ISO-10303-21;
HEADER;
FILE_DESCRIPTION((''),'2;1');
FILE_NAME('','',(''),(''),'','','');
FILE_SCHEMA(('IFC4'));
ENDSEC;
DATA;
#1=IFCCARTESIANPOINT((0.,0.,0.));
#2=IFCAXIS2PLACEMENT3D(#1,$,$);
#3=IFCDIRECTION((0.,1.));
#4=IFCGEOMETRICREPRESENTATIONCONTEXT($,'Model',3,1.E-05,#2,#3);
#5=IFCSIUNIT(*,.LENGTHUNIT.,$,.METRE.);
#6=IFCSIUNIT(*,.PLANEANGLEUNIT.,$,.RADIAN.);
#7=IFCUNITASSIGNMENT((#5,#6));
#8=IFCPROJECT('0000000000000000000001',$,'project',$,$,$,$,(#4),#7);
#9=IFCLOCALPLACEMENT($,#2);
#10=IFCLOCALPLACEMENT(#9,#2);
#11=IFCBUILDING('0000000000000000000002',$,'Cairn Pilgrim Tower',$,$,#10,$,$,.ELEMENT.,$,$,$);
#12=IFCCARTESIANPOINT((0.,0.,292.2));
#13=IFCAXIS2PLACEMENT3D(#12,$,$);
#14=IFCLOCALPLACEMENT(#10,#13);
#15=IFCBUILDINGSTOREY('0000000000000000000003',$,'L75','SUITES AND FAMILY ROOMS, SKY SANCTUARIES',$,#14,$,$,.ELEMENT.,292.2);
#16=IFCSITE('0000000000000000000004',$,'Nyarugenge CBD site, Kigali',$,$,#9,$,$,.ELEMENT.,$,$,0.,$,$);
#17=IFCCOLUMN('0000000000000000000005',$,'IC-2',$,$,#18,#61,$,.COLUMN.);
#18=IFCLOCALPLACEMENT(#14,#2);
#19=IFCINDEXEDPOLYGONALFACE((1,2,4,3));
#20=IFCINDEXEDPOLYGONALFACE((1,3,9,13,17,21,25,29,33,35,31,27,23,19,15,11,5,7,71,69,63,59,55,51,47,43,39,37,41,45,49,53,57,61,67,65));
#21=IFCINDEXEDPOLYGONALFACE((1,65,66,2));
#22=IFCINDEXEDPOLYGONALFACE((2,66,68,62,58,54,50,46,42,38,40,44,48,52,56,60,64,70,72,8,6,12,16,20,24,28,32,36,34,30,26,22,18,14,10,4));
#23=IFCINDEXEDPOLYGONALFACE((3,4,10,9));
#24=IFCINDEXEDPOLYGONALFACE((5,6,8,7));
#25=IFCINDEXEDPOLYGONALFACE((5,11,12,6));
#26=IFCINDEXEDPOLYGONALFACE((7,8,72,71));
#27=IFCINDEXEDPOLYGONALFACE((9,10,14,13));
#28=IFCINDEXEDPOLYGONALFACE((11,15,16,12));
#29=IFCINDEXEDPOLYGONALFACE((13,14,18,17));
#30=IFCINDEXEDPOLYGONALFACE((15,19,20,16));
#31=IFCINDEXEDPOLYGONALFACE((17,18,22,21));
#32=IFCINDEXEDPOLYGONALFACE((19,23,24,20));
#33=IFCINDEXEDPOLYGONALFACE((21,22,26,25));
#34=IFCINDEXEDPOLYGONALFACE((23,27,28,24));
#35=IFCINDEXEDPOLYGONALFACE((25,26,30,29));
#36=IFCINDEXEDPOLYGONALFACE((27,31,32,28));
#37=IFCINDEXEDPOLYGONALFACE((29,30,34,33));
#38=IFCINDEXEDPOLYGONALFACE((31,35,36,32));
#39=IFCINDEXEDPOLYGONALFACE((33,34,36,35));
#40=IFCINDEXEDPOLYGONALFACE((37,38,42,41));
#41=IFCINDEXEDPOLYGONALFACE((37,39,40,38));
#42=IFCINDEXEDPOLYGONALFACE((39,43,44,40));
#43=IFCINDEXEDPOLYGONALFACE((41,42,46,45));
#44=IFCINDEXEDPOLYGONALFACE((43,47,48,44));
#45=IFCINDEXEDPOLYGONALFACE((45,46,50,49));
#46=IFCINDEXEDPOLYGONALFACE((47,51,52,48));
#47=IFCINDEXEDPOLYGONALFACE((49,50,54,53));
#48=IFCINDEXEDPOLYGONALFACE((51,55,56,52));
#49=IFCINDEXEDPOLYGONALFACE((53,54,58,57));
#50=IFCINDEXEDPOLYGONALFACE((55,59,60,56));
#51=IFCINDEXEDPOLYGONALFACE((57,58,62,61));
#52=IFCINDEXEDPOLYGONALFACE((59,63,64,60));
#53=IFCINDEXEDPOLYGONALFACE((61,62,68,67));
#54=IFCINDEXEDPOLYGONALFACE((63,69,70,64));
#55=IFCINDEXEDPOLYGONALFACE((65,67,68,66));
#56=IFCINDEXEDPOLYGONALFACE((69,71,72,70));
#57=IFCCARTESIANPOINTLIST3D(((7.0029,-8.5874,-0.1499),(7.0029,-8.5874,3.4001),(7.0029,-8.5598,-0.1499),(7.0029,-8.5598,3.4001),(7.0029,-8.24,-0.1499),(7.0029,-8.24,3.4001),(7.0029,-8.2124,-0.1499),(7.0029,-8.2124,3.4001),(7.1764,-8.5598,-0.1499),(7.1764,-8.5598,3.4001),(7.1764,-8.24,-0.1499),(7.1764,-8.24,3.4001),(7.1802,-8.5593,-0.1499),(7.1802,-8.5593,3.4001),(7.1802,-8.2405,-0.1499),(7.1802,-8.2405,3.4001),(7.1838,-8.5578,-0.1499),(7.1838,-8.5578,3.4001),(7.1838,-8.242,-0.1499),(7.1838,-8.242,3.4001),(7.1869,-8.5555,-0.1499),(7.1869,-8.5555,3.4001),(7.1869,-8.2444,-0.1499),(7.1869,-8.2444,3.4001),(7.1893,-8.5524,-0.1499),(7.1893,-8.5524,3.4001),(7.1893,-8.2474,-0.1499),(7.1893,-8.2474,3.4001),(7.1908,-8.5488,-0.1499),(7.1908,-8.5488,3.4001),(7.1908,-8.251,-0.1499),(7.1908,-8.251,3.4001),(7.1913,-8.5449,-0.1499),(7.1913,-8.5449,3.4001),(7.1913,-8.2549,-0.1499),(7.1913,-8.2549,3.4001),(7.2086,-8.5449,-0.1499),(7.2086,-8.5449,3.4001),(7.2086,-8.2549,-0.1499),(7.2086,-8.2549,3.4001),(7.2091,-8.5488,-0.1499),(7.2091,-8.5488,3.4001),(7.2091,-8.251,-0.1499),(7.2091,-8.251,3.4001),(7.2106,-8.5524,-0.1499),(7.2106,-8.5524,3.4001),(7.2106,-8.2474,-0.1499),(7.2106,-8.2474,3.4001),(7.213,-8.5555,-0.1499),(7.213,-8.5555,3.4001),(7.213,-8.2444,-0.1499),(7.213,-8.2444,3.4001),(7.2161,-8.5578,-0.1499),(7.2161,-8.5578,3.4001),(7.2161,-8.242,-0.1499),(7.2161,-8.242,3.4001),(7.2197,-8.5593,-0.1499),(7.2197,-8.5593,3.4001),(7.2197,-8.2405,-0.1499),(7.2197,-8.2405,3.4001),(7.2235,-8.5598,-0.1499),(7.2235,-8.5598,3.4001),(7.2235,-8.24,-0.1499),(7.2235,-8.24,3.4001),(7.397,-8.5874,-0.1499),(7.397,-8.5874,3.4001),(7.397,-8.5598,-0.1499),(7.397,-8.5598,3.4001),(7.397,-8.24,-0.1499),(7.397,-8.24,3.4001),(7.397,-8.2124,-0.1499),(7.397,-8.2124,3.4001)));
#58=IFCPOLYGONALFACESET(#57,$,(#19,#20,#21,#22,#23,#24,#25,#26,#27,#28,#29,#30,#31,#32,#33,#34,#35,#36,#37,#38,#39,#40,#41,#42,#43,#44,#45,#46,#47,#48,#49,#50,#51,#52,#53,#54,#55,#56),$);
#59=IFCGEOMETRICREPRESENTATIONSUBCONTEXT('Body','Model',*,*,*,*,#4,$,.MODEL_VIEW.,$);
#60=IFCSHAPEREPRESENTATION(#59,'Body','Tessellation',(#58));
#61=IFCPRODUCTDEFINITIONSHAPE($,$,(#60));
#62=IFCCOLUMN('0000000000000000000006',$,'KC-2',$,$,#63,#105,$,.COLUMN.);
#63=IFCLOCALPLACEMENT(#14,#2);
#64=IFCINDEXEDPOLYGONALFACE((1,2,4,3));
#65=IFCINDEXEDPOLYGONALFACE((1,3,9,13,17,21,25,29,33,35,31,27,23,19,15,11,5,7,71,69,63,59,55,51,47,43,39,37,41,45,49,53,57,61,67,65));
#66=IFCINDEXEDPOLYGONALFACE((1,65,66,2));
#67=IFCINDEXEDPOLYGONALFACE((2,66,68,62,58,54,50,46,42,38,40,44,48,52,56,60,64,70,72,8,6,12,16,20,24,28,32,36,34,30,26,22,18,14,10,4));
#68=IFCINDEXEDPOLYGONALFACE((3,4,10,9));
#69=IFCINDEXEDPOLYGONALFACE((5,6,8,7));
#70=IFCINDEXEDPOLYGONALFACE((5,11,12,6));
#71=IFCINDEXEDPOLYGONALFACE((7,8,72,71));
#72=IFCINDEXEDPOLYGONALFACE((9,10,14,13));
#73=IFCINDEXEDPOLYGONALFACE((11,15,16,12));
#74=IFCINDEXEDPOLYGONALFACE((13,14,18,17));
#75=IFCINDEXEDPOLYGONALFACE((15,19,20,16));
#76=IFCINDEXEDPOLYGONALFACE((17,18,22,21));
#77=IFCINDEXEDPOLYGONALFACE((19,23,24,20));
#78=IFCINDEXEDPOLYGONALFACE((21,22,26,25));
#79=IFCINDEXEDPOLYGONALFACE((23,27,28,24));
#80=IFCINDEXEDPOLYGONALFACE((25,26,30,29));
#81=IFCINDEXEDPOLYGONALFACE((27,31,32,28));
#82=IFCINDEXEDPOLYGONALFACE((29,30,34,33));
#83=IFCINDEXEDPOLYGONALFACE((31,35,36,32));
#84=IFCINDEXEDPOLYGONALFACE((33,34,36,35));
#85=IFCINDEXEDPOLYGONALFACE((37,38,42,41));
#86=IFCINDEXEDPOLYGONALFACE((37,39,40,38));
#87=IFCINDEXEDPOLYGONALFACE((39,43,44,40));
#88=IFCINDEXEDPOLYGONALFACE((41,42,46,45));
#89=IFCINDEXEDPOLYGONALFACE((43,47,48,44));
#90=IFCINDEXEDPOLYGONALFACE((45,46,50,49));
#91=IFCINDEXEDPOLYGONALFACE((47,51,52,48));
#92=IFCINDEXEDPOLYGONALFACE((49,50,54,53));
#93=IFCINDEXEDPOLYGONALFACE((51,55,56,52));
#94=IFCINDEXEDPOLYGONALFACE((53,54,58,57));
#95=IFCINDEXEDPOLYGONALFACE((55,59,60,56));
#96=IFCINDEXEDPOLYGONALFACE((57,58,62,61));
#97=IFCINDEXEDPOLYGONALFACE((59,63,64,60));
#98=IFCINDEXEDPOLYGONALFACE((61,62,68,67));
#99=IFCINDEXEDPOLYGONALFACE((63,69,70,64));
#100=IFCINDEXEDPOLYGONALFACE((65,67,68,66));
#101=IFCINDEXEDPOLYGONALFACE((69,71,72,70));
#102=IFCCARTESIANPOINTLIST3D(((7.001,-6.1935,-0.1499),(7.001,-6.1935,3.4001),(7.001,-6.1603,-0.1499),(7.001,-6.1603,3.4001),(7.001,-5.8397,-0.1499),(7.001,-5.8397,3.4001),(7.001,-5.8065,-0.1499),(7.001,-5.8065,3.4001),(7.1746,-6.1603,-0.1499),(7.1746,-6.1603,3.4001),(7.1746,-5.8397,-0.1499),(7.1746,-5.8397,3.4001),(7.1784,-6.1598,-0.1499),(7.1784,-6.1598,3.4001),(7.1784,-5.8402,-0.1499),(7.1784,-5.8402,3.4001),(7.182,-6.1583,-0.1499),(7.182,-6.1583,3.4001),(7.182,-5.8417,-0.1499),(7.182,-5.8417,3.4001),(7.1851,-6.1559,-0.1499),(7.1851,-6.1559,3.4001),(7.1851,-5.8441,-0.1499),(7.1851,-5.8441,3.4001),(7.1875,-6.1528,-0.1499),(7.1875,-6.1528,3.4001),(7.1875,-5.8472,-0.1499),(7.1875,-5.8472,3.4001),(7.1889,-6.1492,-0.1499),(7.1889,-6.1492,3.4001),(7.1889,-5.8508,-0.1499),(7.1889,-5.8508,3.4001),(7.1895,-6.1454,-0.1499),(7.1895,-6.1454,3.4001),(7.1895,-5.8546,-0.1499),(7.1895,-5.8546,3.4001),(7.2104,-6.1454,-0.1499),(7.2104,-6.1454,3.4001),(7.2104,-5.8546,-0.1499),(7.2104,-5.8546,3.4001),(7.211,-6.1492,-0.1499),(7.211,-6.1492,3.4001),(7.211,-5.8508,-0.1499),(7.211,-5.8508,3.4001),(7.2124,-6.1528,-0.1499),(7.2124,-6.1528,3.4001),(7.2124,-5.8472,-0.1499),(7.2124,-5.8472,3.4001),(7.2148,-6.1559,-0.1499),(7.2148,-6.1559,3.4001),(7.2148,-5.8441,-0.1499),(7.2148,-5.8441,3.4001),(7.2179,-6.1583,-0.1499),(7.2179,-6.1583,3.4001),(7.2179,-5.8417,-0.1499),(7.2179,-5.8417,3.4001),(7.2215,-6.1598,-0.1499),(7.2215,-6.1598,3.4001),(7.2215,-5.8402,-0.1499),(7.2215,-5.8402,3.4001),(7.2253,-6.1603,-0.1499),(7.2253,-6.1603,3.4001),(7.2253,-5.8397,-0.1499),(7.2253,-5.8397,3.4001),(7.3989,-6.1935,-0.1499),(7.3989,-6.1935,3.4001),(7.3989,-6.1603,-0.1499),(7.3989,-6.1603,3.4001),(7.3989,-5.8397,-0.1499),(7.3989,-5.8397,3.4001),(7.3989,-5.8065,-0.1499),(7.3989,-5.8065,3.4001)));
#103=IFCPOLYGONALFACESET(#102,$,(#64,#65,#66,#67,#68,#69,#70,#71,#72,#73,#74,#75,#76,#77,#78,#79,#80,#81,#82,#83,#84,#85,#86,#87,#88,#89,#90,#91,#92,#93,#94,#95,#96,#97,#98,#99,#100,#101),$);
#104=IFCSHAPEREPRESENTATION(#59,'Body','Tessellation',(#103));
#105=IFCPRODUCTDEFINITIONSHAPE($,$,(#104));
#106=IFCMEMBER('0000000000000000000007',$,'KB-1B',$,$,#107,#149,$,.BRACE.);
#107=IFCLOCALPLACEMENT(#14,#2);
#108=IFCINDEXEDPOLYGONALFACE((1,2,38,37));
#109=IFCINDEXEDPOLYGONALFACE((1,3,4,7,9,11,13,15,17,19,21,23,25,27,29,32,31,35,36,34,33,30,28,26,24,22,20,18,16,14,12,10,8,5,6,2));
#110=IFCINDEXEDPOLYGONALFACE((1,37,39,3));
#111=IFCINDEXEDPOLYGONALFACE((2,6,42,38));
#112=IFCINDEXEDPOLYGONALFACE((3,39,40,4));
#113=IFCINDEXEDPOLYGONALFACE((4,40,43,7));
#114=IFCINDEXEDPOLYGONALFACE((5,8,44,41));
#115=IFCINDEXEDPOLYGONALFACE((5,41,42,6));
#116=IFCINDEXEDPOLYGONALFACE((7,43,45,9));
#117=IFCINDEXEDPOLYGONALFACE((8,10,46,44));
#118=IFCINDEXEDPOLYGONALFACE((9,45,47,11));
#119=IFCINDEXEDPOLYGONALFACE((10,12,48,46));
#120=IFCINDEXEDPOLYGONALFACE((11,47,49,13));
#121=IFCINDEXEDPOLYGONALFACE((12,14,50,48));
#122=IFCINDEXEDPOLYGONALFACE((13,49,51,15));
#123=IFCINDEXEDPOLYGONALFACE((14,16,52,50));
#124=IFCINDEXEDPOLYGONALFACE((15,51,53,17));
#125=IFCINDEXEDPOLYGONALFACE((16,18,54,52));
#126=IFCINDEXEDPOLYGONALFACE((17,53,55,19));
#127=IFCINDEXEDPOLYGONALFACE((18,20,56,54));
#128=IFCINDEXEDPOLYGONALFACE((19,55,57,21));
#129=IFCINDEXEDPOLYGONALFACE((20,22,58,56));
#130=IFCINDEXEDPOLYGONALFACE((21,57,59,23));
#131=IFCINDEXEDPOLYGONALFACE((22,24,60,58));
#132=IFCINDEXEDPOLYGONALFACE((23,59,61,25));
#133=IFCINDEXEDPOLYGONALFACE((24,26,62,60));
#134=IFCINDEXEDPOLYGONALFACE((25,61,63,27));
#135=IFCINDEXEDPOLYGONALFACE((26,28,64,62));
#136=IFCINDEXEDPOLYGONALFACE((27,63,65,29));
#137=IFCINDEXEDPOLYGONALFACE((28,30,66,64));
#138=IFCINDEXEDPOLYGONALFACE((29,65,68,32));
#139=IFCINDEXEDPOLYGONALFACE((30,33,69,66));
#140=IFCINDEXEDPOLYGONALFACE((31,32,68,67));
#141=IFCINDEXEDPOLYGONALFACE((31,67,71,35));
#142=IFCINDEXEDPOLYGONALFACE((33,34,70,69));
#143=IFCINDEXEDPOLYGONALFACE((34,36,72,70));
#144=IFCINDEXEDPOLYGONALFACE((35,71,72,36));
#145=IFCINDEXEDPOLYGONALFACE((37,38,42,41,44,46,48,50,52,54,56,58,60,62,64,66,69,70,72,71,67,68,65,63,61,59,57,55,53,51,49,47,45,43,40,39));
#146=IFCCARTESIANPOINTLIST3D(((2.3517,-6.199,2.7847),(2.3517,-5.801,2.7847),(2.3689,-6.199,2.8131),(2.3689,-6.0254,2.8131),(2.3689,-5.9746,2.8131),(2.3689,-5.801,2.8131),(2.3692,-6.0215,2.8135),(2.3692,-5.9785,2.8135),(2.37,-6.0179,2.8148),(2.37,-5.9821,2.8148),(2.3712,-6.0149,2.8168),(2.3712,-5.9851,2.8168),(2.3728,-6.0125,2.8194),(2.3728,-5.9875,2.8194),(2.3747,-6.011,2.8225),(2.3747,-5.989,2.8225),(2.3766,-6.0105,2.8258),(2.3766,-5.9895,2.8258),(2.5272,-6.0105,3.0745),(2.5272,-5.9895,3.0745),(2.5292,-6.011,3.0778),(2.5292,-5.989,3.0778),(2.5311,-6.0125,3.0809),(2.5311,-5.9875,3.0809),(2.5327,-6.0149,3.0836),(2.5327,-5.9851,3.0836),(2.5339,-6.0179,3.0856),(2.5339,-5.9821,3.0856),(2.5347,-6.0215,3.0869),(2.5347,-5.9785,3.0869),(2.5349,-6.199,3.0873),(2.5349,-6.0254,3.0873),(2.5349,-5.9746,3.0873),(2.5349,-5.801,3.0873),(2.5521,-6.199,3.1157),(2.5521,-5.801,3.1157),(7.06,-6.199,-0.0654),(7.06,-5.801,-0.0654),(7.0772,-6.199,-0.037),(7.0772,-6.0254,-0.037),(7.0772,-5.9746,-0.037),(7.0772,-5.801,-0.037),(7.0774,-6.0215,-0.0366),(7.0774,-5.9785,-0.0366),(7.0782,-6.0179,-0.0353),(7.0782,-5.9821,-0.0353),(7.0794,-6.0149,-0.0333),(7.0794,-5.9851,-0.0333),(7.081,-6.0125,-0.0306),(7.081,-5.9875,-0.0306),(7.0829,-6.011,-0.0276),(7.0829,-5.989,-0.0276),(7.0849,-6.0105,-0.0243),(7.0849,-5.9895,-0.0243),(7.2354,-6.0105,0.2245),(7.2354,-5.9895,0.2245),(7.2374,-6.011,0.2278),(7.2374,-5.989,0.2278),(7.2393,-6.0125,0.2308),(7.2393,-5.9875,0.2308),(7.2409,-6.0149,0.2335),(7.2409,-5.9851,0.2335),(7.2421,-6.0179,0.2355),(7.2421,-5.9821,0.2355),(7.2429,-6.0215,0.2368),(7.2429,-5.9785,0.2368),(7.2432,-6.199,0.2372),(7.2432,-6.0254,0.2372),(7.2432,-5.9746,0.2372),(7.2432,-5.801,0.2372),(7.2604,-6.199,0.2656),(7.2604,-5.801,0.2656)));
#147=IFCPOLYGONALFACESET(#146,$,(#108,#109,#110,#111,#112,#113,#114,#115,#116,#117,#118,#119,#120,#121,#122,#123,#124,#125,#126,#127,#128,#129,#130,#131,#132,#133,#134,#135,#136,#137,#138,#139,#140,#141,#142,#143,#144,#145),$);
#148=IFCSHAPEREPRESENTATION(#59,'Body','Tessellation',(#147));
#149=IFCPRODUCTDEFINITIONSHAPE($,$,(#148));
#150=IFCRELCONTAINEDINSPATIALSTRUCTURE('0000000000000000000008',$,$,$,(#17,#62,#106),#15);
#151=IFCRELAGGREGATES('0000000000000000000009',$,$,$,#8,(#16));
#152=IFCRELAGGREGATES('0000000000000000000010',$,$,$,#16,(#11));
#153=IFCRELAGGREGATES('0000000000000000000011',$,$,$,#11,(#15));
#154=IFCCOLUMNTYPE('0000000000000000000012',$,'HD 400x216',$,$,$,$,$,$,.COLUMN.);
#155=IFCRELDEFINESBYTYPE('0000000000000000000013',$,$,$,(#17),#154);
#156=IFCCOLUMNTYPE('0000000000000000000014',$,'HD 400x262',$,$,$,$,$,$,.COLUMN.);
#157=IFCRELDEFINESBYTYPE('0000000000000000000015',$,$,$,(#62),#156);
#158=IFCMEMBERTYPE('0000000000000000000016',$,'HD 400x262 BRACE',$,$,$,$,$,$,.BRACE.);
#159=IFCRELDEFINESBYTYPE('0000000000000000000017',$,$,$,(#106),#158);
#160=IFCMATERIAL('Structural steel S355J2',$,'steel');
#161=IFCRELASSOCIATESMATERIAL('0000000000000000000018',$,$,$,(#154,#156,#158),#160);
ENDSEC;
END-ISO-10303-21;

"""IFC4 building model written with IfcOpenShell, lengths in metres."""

from ifc_helpers import new_model, si_unit, direction, frame, origin, origin_2d, place, context, subcontext, project, spatial, i_section, extrude, material, material_profile, profile_set, type_object, element, save


model = new_model("IFC4")

# Units and contexts
model_context = context("Model", 3, precision=1e-05, world=origin(), true_north=direction((0.0, 1.0)))
body_context = subcontext(model_context, "Body", "Model", "MODEL_VIEW")
ifc_project = project(units=[si_unit("LENGTHUNIT", "METRE"), si_unit("PLANEANGLEUNIT", "RADIAN")], contexts=[model_context])

# Site, building, storey
site_placement = place(None, origin())
site = spatial("IfcSite", under=ifc_project, at=site_placement, Name="Nyarugenge CBD site, Kigali", CompositionType="ELEMENT", RefElevation=0.0)
building_placement = place(site_placement, origin())
building = spatial("IfcBuilding", under=site, at=building_placement, Name="Cairn Pilgrim Tower", CompositionType="ELEMENT")
storey_placement = place(building_placement, frame((0.0, 0.0, 292.2)))
storey = spatial("IfcBuildingStorey", under=building, at=storey_placement, Name="L75", Description="SUITES AND FAMILY ROOMS, SKY SANCTUARIES", CompositionType="ELEMENT", Elevation=292.2)

# Columns
ifc_material_1 = material(Name="Structural steel S355J2", Category="steel")
ifc_material_profile_1 = material_profile(ifc_material_1, i_section(OverallWidth=0.394, OverallDepth=0.375, WebThickness=0.0173, FlangeThickness=0.0276, FilletRadius=0.0149, at=origin_2d()), Name="HD 400x216")
ifc_profile_set_1 = profile_set([ifc_material_profile_1], Name="Structural steel S355J2")
column_type_1 = type_object("IfcColumnType", Name="HD 400x216", PredefinedType="COLUMN", material=ifc_profile_set_1)
column_1_placement = place(storey_placement, frame((7.2, -8.3999, -0.1499), z_axis=(0.0, 0.0, 1.0), x_axis=(1.0, 0.0, 0.0)))
element("IfcColumn", 1, at=column_1_placement, inside=storey, type_object=column_type_1, Name="IC-2", PredefinedType="COLUMN", context=body_context, shape_type="SweptSolid", body=[
    extrude(i_section(OverallWidth=0.394, OverallDepth=0.375, WebThickness=0.0173, FlangeThickness=0.0276, FilletRadius=0.0149, at=origin_2d()), origin(), (0.0, 0.0, 1.0), 3.55),
])
ifc_material_profile_2 = material_profile(ifc_material_1, i_section(OverallWidth=0.3979, OverallDepth=0.387, WebThickness=0.021, FlangeThickness=0.0332, FilletRadius=0.0149, at=origin_2d()), Name="HD 400x262")
ifc_profile_set_2 = profile_set([ifc_material_profile_2], Name="Structural steel S355J2")
column_type_2 = type_object("IfcColumnType", Name="HD 400x262", PredefinedType="COLUMN", material=ifc_profile_set_2)
column_2_placement = place(storey_placement, frame((7.2, -6.0, -0.1499), z_axis=(0.0, 0.0, 1.0), x_axis=(1.0, 0.0, 0.0)))
element("IfcColumn", 2, at=column_2_placement, inside=storey, type_object=column_type_2, Name="KC-2", PredefinedType="COLUMN", context=body_context, shape_type="SweptSolid", body=[
    extrude(i_section(OverallWidth=0.3979, OverallDepth=0.387, WebThickness=0.021, FlangeThickness=0.0332, FilletRadius=0.0149, at=origin_2d()), origin(), (0.0, 0.0, 1.0), 3.55),
])

# Member
ifc_material_profile_3 = material_profile(ifc_material_1, i_section(OverallWidth=0.3979, OverallDepth=0.387, WebThickness=0.021, FlangeThickness=0.0332, FilletRadius=0.0149, at=origin_2d()), Name="HD 400x262")
ifc_profile_set_3 = profile_set([ifc_material_profile_3], Name="Structural steel S355J2")
member_type = type_object("IfcMemberType", Name="HD 400x262 BRACE", PredefinedType="BRACE", material=ifc_profile_set_3)
member_placement = place(storey_placement, frame((7.1602, -6.0, 0.1001), z_axis=(-0.855471, 0.0, 0.517851), x_axis=(0.0, -1.0, 0.0)))
element("IfcMember", 3, at=member_placement, inside=storey, type_object=member_type, Name="KB-1B", PredefinedType="BRACE", context=body_context, shape_type="SweptSolid", body=[
    extrude(i_section(OverallWidth=0.3979, OverallDepth=0.387, WebThickness=0.021, FlangeThickness=0.0332, FilletRadius=0.0149, at=origin_2d()), origin(), (0.0, 0.0, 1.0), 5.5037),
])

save(model, "model.ifc")
